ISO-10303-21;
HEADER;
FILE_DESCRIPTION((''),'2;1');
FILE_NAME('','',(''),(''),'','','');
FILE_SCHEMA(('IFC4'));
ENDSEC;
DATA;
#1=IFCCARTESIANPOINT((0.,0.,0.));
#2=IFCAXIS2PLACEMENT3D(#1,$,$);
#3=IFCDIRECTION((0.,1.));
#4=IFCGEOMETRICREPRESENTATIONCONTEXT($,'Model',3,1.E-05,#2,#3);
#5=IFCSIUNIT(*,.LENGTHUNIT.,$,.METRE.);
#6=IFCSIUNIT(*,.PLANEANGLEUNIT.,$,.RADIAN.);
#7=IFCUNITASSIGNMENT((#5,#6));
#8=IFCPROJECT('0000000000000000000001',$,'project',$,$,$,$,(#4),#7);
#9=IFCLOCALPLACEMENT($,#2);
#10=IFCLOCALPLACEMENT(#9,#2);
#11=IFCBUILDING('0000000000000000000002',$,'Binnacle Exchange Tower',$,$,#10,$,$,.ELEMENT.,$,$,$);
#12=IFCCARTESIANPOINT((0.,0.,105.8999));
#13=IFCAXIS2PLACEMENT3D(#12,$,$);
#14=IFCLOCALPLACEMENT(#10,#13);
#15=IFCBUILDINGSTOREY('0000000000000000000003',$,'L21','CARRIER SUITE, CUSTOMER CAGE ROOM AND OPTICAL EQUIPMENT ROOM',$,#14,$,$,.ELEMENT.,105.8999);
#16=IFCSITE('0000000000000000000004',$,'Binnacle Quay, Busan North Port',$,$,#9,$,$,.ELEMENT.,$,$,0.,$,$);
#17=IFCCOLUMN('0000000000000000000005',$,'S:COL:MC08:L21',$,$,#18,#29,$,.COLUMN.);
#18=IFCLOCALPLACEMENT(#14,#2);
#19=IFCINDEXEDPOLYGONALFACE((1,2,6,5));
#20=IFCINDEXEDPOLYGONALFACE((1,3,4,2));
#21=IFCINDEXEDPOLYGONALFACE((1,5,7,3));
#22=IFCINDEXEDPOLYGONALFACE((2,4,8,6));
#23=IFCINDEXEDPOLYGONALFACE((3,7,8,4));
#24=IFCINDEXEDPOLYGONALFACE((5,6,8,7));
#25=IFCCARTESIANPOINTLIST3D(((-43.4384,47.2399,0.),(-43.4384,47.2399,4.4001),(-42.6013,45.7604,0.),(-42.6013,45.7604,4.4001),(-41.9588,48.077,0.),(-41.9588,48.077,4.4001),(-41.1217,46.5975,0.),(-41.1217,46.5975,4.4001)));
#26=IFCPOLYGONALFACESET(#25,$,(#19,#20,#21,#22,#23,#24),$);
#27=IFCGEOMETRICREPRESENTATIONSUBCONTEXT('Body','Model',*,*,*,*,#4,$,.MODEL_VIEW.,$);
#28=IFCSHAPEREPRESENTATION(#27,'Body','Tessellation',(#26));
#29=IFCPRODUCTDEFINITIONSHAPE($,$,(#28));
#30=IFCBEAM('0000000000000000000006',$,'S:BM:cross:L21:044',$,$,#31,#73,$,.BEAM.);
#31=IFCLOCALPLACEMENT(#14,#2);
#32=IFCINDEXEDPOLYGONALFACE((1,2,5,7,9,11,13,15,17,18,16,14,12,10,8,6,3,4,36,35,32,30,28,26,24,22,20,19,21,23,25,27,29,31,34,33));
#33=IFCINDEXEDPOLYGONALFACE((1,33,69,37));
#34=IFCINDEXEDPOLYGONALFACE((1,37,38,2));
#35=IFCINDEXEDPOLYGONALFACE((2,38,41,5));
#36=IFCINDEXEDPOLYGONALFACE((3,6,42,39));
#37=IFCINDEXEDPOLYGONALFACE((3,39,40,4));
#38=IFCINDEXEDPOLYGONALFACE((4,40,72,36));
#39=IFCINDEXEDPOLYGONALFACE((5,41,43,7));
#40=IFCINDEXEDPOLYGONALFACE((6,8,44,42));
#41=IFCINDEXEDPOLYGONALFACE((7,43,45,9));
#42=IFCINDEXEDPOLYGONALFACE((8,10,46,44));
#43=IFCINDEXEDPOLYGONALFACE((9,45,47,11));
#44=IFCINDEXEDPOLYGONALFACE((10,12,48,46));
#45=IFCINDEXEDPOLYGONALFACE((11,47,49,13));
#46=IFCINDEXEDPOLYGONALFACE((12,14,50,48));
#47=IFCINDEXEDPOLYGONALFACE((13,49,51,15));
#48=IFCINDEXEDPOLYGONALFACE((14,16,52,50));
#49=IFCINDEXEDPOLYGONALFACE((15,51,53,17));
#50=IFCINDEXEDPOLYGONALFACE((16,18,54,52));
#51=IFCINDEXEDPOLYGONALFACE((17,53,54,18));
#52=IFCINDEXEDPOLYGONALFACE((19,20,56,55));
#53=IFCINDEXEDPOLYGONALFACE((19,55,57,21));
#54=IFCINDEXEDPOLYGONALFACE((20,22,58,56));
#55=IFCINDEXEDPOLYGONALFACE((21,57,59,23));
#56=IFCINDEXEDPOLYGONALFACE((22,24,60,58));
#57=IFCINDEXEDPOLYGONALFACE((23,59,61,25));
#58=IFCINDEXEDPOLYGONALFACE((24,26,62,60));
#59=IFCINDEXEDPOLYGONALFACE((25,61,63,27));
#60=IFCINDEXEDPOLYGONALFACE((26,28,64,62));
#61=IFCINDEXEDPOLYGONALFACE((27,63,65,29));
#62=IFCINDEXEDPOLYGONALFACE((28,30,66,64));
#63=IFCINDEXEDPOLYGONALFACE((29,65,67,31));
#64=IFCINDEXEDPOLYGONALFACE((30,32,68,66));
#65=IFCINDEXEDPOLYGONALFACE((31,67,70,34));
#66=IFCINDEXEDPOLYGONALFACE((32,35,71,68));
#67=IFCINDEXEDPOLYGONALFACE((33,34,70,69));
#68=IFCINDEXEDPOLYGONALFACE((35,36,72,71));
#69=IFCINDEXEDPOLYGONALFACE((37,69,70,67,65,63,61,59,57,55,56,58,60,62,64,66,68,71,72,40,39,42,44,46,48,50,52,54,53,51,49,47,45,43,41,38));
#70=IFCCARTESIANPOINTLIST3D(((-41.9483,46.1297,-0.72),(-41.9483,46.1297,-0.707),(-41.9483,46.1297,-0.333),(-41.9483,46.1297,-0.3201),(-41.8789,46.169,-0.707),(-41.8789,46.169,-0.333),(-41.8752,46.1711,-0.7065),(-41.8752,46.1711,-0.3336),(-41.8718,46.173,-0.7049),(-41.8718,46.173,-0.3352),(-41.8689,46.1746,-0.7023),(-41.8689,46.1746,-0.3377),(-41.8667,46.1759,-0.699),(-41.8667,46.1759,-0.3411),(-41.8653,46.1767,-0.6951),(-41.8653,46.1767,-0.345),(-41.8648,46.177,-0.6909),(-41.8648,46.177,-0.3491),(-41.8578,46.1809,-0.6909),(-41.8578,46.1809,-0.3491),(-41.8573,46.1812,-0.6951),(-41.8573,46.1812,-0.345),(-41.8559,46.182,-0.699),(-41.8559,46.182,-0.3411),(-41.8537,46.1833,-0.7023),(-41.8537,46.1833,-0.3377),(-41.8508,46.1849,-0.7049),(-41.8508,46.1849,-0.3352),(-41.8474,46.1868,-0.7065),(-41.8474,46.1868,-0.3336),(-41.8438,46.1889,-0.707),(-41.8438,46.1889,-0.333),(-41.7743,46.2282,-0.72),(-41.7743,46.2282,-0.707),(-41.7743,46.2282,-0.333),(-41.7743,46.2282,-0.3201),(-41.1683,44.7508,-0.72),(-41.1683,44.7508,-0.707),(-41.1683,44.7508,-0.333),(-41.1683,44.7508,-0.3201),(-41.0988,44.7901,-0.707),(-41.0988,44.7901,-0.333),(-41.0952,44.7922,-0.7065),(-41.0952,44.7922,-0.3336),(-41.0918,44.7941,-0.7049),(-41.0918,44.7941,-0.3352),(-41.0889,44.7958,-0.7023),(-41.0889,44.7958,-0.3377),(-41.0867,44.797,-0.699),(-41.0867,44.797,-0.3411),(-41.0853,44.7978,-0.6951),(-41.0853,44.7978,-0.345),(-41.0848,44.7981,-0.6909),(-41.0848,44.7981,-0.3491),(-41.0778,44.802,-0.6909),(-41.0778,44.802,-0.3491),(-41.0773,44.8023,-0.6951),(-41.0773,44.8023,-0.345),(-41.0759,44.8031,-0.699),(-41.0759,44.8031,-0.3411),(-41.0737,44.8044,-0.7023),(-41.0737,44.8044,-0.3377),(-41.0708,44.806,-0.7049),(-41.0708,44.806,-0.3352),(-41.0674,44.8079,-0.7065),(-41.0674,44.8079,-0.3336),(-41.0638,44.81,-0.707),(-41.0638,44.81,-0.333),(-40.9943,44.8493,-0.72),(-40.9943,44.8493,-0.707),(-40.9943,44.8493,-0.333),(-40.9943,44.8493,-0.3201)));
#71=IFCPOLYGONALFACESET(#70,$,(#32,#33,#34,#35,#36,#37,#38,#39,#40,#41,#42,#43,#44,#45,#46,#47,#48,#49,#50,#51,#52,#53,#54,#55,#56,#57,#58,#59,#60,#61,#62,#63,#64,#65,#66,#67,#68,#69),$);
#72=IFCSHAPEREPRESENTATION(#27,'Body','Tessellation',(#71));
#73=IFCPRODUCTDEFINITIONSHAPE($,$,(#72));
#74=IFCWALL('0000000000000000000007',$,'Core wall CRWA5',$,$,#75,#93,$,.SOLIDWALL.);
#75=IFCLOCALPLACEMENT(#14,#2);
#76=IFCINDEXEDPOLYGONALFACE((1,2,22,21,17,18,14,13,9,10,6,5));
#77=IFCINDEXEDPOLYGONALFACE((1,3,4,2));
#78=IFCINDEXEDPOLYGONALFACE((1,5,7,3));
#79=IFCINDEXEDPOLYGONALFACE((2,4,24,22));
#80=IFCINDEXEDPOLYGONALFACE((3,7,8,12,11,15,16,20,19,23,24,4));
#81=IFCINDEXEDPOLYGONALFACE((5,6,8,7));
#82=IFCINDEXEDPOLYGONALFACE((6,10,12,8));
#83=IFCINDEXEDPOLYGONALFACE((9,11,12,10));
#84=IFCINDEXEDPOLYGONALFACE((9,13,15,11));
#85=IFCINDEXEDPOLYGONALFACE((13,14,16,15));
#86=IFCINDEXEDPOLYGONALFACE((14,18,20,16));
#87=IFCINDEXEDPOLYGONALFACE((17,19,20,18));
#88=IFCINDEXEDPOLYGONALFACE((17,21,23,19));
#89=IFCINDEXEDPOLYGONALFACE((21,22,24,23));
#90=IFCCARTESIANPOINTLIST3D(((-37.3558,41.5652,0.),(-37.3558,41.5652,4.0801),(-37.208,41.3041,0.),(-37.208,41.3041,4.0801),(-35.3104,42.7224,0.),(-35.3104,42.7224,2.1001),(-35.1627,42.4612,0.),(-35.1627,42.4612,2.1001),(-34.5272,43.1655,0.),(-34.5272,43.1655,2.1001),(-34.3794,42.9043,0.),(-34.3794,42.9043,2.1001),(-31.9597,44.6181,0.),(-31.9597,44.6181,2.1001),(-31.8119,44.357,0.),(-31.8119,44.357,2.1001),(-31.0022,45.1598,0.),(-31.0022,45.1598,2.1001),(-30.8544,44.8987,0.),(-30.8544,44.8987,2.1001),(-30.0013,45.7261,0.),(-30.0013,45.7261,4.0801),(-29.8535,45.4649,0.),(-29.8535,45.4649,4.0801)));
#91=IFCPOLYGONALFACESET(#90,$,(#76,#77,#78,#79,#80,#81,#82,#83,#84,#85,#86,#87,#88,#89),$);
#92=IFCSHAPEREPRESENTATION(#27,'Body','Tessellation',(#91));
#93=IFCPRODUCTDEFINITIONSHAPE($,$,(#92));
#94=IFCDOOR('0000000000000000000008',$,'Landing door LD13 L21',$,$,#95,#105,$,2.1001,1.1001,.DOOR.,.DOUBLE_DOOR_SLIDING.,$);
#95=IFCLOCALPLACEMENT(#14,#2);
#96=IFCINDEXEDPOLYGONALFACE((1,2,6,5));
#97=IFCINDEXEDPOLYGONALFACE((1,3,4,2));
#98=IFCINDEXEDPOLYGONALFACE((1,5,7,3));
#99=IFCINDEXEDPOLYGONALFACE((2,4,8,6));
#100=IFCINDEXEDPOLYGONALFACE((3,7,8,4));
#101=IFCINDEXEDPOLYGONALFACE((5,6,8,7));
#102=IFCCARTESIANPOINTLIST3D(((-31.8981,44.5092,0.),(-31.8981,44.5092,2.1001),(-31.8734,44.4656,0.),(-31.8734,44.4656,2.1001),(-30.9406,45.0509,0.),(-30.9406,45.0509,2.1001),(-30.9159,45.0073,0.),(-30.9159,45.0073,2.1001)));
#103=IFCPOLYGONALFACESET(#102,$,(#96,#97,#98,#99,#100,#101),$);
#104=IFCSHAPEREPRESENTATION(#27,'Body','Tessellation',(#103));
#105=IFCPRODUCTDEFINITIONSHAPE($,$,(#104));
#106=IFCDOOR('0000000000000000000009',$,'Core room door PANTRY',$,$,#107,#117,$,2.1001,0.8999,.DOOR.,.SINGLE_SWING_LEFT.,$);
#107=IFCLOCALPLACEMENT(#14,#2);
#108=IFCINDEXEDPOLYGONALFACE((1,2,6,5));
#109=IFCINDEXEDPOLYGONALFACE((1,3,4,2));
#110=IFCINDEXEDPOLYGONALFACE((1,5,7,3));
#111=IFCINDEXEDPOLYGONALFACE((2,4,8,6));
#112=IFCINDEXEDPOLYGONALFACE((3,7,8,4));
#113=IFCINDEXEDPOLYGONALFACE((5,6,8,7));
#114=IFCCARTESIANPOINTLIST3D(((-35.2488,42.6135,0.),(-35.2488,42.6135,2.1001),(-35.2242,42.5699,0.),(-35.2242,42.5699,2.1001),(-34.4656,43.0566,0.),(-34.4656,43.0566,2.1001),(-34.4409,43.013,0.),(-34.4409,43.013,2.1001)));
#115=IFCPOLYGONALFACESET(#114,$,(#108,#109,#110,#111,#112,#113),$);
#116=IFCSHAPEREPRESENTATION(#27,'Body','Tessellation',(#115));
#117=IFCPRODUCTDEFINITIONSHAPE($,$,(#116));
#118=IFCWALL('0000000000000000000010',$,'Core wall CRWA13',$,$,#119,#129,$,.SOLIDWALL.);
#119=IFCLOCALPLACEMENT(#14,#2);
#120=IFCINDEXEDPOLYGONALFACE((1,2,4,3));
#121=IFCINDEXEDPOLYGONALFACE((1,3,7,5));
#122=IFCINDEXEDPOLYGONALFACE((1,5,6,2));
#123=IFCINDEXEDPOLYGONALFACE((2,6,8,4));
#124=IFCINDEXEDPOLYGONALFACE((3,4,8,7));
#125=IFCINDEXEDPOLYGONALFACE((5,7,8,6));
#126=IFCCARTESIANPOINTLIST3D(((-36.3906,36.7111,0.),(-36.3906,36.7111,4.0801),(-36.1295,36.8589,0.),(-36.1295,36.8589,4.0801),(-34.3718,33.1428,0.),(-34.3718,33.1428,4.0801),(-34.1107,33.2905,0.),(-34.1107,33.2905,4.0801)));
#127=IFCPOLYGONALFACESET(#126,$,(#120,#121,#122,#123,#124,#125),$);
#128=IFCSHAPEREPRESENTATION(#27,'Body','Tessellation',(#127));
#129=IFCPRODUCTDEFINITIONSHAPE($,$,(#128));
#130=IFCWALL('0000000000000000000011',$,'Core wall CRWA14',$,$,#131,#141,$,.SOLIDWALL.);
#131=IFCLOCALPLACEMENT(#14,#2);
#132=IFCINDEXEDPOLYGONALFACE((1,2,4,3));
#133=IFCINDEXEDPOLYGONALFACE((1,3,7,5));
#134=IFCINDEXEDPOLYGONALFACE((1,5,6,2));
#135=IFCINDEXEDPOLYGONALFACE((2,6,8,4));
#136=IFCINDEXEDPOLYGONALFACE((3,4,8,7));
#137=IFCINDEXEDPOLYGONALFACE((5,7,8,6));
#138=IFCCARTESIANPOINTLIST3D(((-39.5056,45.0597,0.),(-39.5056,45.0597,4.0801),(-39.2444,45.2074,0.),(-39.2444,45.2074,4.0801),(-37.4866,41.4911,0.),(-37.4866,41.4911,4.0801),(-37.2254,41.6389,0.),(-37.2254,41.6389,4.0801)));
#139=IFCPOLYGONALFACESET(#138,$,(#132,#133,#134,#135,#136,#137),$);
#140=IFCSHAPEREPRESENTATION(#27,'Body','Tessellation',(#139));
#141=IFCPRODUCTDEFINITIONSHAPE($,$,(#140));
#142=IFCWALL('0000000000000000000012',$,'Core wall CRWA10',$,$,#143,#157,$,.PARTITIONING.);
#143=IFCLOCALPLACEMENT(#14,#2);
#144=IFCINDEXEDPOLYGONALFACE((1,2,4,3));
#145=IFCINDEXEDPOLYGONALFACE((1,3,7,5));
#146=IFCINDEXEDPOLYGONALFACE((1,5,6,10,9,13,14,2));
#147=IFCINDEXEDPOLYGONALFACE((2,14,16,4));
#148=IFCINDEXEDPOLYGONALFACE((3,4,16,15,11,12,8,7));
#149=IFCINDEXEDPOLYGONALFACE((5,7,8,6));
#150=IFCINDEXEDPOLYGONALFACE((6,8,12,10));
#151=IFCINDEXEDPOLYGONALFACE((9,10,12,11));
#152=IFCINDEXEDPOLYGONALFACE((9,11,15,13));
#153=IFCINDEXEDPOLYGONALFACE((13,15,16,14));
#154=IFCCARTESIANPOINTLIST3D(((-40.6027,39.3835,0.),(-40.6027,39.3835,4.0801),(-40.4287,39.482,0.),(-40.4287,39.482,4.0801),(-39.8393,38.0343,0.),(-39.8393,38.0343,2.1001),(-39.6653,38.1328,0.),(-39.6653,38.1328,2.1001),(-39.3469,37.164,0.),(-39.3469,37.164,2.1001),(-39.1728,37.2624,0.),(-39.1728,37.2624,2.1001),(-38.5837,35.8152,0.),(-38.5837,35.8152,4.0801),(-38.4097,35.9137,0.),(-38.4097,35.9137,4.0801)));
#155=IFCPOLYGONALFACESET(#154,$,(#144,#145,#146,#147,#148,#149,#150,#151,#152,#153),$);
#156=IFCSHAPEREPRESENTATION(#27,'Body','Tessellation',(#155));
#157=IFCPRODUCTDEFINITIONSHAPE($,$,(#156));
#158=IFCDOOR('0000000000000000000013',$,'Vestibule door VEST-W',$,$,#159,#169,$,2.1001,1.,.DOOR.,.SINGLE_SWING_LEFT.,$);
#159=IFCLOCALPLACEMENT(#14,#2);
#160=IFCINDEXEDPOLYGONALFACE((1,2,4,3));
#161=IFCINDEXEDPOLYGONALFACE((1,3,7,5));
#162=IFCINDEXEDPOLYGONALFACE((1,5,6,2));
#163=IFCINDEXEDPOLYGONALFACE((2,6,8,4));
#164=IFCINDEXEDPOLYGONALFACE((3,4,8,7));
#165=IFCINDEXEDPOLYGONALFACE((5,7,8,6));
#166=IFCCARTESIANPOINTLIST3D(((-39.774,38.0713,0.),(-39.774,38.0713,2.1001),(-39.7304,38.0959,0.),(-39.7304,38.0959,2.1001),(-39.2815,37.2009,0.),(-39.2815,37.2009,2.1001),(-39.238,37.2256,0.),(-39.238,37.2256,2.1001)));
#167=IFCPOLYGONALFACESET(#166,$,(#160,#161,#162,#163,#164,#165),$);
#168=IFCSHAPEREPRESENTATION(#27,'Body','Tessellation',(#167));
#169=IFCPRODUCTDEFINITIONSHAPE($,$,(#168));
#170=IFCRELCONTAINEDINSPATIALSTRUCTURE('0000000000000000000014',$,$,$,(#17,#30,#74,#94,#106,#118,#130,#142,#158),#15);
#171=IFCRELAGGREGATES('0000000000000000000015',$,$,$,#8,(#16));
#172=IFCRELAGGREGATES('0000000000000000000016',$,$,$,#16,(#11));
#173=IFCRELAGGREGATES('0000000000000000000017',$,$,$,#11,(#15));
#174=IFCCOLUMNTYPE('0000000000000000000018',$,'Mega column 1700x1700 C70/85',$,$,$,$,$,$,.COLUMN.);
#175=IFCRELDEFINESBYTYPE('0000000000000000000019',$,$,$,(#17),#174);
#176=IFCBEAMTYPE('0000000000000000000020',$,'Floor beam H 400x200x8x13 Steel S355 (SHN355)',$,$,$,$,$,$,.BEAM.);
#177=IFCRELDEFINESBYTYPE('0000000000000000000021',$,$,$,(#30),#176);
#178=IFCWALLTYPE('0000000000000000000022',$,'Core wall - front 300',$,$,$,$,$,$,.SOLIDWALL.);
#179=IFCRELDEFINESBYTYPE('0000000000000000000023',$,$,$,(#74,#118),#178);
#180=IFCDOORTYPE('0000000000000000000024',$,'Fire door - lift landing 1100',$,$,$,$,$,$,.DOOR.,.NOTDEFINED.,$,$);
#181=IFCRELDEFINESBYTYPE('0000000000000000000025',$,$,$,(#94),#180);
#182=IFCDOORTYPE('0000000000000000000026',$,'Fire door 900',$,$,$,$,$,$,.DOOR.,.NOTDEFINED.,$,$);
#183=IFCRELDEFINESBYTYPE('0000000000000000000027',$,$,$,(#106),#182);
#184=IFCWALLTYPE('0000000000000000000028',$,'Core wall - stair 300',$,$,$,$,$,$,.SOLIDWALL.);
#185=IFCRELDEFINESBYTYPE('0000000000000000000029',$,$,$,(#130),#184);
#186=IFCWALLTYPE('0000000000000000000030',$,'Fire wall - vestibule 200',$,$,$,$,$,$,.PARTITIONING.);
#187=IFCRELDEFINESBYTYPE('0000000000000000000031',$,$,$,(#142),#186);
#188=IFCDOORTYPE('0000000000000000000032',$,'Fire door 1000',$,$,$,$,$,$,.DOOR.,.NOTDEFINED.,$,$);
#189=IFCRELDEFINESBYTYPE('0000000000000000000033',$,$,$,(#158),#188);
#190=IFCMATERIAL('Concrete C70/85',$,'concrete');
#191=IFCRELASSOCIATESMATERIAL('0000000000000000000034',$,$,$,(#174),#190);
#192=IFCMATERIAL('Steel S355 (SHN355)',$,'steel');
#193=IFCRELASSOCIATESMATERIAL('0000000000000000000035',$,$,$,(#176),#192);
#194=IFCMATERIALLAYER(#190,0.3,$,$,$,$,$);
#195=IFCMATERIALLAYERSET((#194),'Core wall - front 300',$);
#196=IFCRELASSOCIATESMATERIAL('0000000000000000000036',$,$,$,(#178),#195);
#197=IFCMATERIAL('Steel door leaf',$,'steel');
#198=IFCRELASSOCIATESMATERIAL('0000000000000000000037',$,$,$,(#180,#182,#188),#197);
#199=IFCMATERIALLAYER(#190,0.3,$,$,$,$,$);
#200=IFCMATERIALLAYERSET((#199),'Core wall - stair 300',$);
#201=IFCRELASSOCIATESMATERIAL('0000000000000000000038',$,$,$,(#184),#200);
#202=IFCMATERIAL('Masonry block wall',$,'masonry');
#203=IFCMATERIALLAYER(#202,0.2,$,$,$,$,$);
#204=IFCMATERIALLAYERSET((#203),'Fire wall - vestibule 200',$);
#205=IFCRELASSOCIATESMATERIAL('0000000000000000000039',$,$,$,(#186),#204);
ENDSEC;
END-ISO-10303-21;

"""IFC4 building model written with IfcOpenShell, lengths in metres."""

from ifc_helpers import new_model, si_unit, direction, frame, frame_2d, origin, origin_2d, place, context, subcontext, project, spatial, rectangle, i_section, extrude, material, layer, layer_set, material_profile, profile_set, type_object, element, fill, save


model = new_model("IFC4")

# Units and contexts
model_context = context("Model", 3, precision=1e-05, world=origin(), true_north=direction((0.0, 1.0)))
body_context = subcontext(model_context, "Body", "Model", "MODEL_VIEW")
ifc_project = project(units=[si_unit("LENGTHUNIT", "METRE"), si_unit("PLANEANGLEUNIT", "RADIAN")], contexts=[model_context])

# Site, building, storey
site_placement = place(None, origin())
site = spatial("IfcSite", under=ifc_project, at=site_placement, Name="Binnacle Quay, Busan North Port", CompositionType="ELEMENT", RefElevation=0.0)
building_placement = place(site_placement, origin())
building = spatial("IfcBuilding", under=site, at=building_placement, Name="Binnacle Exchange Tower", CompositionType="ELEMENT")
storey_placement = place(building_placement, frame((0.0, 0.0, 105.8999)))
storey = spatial("IfcBuildingStorey", under=building, at=storey_placement, Name="L21", Description="CARRIER SUITE, CUSTOMER CAGE ROOM AND OPTICAL EQUIPMENT ROOM", CompositionType="ELEMENT", Elevation=105.8999)

# Column
ifc_material_1 = material(Name="Concrete C70/85", Category="concrete")
ifc_material_profile_1 = material_profile(ifc_material_1, rectangle(XDim=1.7, YDim=1.7, at=origin_2d()), Name="Mega column 1700x1700 C70/85")
ifc_profile_set_1 = profile_set([ifc_material_profile_1], Name="Concrete C70/85")
column_type = type_object("IfcColumnType", Name="Mega column 1700x1700 C70/85", PredefinedType="COLUMN", material=ifc_profile_set_1)
column_placement = place(storey_placement, frame((-42.28, 46.9187, 0.0), z_axis=(0.0, 0.0, 1.0), x_axis=(-0.870356, -0.492424, 0.0)))
element("IfcColumn", 1, at=column_placement, inside=storey, type_object=column_type, Name="S:COL:MC08:L21", PredefinedType="COLUMN", context=body_context, shape_type="SweptSolid", body=[
    extrude(rectangle(XDim=1.7, YDim=1.7, at=origin_2d()), origin(), (0.0, 0.0, 1.0), 4.4001),
])

# Beam
ifc_material_2 = material(Name="Steel S355 (SHN355)", Category="steel")
ifc_material_profile_2 = material_profile(ifc_material_2, i_section(OverallWidth=0.2, OverallDepth=0.3999, WebThickness=0.0081, FlangeThickness=0.0129, FilletRadius=0.0161, at=origin_2d()), Name="H 400x200x8x13")
ifc_profile_set_2 = profile_set([ifc_material_profile_2], Name="Steel S355 (SHN355)")
beam_type = type_object("IfcBeamType", Name="Floor beam H 400x200x8x13 Steel S355 (SHN355)", PredefinedType="BEAM", material=ifc_profile_set_2)
beam_placement = place(storey_placement, frame((-41.8613, 46.179, -0.52), z_axis=(0.492367, -0.870388, 0.0), x_axis=(0.870388, 0.492367, 0.0)))
element("IfcBeam", 2, at=beam_placement, inside=storey, type_object=beam_type, Name="S:BM:cross:L21:044", PredefinedType="BEAM", context=body_context, shape_type="SweptSolid", body=[
    extrude(i_section(OverallWidth=0.2, OverallDepth=0.3999, WebThickness=0.0081, FlangeThickness=0.0129, FilletRadius=0.0161, at=origin_2d()), origin(), (0.0, 0.0, 1.0), 1.5842),
])

# Wall, openings, doors
ifc_layer_1 = layer(ifc_material_1, 0.3)
ifc_layer_set_1 = layer_set([ifc_layer_1], Name="Core wall - front 300")
wall_type_1 = type_object("IfcWallType", Name="Core wall - front 300", PredefinedType="SOLIDWALL", material=ifc_layer_set_1)
wall_1_placement = place(storey_placement, frame((-37.282, 41.4346, 0.0), z_axis=(0.0, 0.0, 1.0), x_axis=(0.87036, 0.492416, 0.0)))
wall_1 = element("IfcWall", 3, at=wall_1_placement, inside=storey, type_object=wall_type_1, Name="Core wall CRWA5", PredefinedType="SOLIDWALL", context=body_context, shape_type="SweptSolid", body=[
    extrude(rectangle(XDim=8.45, YDim=0.3, at=frame_2d((4.2251, 0.0))), origin(), (0.0, 0.0, 1.0), 4.0801),
])
opening_1_placement = place(wall_1_placement, frame((6.2, 0.0, 0.0)))
opening_1 = element("IfcOpeningElement", 4, at=opening_1_placement, cuts=wall_1, PredefinedType="OPENING", context=body_context, shape_type="SweptSolid", body=[
    extrude(rectangle(XDim=1.1001, YDim=2.1001, at=frame_2d((0.55, 1.05))), frame((0.0, 0.1599, 0.0), z_axis=(0.0, -1.0, 0.0), x_axis=(1.0, 0.0, 0.0)), (0.0, 0.0, 1.0), 0.3201),
])
opening_2_placement = place(wall_1_placement, frame((2.3501, 0.0, 0.0)))
opening_2 = element("IfcOpeningElement", 5, at=opening_2_placement, cuts=wall_1, PredefinedType="OPENING", context=body_context, shape_type="SweptSolid", body=[
    extrude(rectangle(XDim=0.8999, YDim=2.1001, at=frame_2d((0.45, 1.05))), frame((0.0, 0.1599, 0.0), z_axis=(0.0, -1.0, 0.0), x_axis=(1.0, 0.0, 0.0)), (0.0, 0.0, 1.0), 0.3201),
])
ifc_material_3 = material(Name="Steel door leaf", Category="steel")
door_type_1 = type_object("IfcDoorType", Name="Fire door - lift landing 1100", OperationType="NOTDEFINED", PredefinedType="DOOR", material=ifc_material_3)
door_1_placement = place(opening_1_placement, origin())
door_1 = element("IfcDoor", 6, at=door_1_placement, inside=storey, type_object=door_type_1, Name="Landing door LD13 L21", OperationType="DOUBLE_DOOR_SLIDING", OverallHeight=2.1001, OverallWidth=1.1001, PredefinedType="DOOR", context=body_context, shape_type="SweptSolid", body=[
    extrude(rectangle(XDim=1.1001, YDim=2.1001, at=frame_2d((0.55, 1.05))), frame((0.0, 0.0249, 0.0), z_axis=(0.0, -1.0, 0.0), x_axis=(1.0, 0.0, 0.0)), (0.0, 0.0, 1.0), 0.05),
])
fill(opening_1, door_1)
door_type_2 = type_object("IfcDoorType", Name="Fire door 900", OperationType="NOTDEFINED", PredefinedType="DOOR", material=ifc_material_3)
door_2_placement = place(opening_2_placement, origin())
door_2 = element("IfcDoor", 7, at=door_2_placement, inside=storey, type_object=door_type_2, Name="Core room door PANTRY", OperationType="SINGLE_SWING_LEFT", OverallHeight=2.1001, OverallWidth=0.8999, PredefinedType="DOOR", context=body_context, shape_type="SweptSolid", body=[
    extrude(rectangle(XDim=0.8999, YDim=2.1001, at=frame_2d((0.45, 1.05))), frame((0.0, 0.0249, 0.0), z_axis=(0.0, -1.0, 0.0), x_axis=(1.0, 0.0, 0.0)), (0.0, 0.0, 1.0), 0.05),
])
fill(opening_2, door_2)

# Walls
wall_2_placement = place(storey_placement, frame((-36.26, 36.7849, 0.0), z_axis=(0.0, 0.0, 1.0), x_axis=(0.492408, -0.870364, 0.0)))
element("IfcWall", 8, at=wall_2_placement, inside=storey, type_object=wall_type_1, Name="Core wall CRWA13", PredefinedType="SOLIDWALL", context=body_context, shape_type="SweptSolid", body=[
    extrude(rectangle(XDim=4.0999, YDim=0.3, at=frame_2d((2.0498, 0.0))), origin(), (0.0, 0.0, 1.0), 4.0801),
])
ifc_layer_2 = layer(ifc_material_1, 0.3)
ifc_layer_set_2 = layer_set([ifc_layer_2], Name="Core wall - stair 300")
wall_type_2 = type_object("IfcWallType", Name="Core wall - stair 300", PredefinedType="SOLIDWALL", material=ifc_layer_set_2)
wall_3_placement = place(storey_placement, frame((-39.375, 45.1335, 0.0), z_axis=(0.0, 0.0, 1.0), x_axis=(0.492428, -0.870353, 0.0)))
element("IfcWall", 9, at=wall_3_placement, inside=storey, type_object=wall_type_2, Name="Core wall CRWA14", PredefinedType="SOLIDWALL", context=body_context, shape_type="SweptSolid", body=[
    extrude(rectangle(XDim=4.1001, YDim=0.3, at=frame_2d((2.05, 0.0))), origin(), (0.0, 0.0, 1.0), 4.0801),
])

# Wall, opening, door
ifc_material_4 = material(Name="Masonry block wall", Category="masonry")
ifc_layer_3 = layer(ifc_material_4, 0.2)
ifc_layer_set_3 = layer_set([ifc_layer_3], Name="Fire wall - vestibule 200")
wall_type_3 = type_object("IfcWallType", Name="Fire wall - vestibule 200", PredefinedType="PARTITIONING", material=ifc_layer_set_3)
wall_4_placement = place(storey_placement, frame((-40.5156, 39.4326, 0.0), z_axis=(0.0, 0.0, 1.0), x_axis=(0.492454, -0.870339, 0.0)))
wall_4 = element("IfcWall", 10, at=wall_4_placement, inside=storey, type_object=wall_type_3, Name="Core wall CRWA10", PredefinedType="PARTITIONING", context=body_context, shape_type="SweptSolid", body=[
    extrude(rectangle(XDim=4.0999, YDim=0.2, at=frame_2d((2.0498, 0.0))), origin(), (0.0, 0.0, 1.0), 4.0801),
])
opening_3_placement = place(wall_4_placement, frame((1.55, 0.0, 0.0)))
opening_3 = element("IfcOpeningElement", 11, at=opening_3_placement, cuts=wall_4, PredefinedType="OPENING", context=body_context, shape_type="SweptSolid", body=[
    extrude(rectangle(XDim=1.0, YDim=2.1001, at=frame_2d((0.5, 1.05))), frame((0.0, 0.1099, 0.0), z_axis=(0.0, -1.0, 0.0), x_axis=(1.0, 0.0, 0.0)), (0.0, 0.0, 1.0), 0.22),
])
door_type_3 = type_object("IfcDoorType", Name="Fire door 1000", OperationType="NOTDEFINED", PredefinedType="DOOR", material=ifc_material_3)
door_3_placement = place(opening_3_placement, frame((1.0, 0.0, 0.0), z_axis=(0.0, 0.0, 1.0), x_axis=(-1.0, 0.0, 0.0)))
door_3 = element("IfcDoor", 12, at=door_3_placement, inside=storey, type_object=door_type_3, Name="Vestibule door VEST-W", OperationType="SINGLE_SWING_LEFT", OverallHeight=2.1001, OverallWidth=1.0, PredefinedType="DOOR", context=body_context, shape_type="SweptSolid", body=[
    extrude(rectangle(XDim=1.0, YDim=2.1001, at=frame_2d((0.5, 1.05))), frame((0.0, 0.0249, 0.0), z_axis=(0.0, -1.0, 0.0), x_axis=(1.0, 0.0, 0.0)), (0.0, 0.0, 1.0), 0.05),
])
fill(opening_3, door_3)

save(model, "model.ifc")
